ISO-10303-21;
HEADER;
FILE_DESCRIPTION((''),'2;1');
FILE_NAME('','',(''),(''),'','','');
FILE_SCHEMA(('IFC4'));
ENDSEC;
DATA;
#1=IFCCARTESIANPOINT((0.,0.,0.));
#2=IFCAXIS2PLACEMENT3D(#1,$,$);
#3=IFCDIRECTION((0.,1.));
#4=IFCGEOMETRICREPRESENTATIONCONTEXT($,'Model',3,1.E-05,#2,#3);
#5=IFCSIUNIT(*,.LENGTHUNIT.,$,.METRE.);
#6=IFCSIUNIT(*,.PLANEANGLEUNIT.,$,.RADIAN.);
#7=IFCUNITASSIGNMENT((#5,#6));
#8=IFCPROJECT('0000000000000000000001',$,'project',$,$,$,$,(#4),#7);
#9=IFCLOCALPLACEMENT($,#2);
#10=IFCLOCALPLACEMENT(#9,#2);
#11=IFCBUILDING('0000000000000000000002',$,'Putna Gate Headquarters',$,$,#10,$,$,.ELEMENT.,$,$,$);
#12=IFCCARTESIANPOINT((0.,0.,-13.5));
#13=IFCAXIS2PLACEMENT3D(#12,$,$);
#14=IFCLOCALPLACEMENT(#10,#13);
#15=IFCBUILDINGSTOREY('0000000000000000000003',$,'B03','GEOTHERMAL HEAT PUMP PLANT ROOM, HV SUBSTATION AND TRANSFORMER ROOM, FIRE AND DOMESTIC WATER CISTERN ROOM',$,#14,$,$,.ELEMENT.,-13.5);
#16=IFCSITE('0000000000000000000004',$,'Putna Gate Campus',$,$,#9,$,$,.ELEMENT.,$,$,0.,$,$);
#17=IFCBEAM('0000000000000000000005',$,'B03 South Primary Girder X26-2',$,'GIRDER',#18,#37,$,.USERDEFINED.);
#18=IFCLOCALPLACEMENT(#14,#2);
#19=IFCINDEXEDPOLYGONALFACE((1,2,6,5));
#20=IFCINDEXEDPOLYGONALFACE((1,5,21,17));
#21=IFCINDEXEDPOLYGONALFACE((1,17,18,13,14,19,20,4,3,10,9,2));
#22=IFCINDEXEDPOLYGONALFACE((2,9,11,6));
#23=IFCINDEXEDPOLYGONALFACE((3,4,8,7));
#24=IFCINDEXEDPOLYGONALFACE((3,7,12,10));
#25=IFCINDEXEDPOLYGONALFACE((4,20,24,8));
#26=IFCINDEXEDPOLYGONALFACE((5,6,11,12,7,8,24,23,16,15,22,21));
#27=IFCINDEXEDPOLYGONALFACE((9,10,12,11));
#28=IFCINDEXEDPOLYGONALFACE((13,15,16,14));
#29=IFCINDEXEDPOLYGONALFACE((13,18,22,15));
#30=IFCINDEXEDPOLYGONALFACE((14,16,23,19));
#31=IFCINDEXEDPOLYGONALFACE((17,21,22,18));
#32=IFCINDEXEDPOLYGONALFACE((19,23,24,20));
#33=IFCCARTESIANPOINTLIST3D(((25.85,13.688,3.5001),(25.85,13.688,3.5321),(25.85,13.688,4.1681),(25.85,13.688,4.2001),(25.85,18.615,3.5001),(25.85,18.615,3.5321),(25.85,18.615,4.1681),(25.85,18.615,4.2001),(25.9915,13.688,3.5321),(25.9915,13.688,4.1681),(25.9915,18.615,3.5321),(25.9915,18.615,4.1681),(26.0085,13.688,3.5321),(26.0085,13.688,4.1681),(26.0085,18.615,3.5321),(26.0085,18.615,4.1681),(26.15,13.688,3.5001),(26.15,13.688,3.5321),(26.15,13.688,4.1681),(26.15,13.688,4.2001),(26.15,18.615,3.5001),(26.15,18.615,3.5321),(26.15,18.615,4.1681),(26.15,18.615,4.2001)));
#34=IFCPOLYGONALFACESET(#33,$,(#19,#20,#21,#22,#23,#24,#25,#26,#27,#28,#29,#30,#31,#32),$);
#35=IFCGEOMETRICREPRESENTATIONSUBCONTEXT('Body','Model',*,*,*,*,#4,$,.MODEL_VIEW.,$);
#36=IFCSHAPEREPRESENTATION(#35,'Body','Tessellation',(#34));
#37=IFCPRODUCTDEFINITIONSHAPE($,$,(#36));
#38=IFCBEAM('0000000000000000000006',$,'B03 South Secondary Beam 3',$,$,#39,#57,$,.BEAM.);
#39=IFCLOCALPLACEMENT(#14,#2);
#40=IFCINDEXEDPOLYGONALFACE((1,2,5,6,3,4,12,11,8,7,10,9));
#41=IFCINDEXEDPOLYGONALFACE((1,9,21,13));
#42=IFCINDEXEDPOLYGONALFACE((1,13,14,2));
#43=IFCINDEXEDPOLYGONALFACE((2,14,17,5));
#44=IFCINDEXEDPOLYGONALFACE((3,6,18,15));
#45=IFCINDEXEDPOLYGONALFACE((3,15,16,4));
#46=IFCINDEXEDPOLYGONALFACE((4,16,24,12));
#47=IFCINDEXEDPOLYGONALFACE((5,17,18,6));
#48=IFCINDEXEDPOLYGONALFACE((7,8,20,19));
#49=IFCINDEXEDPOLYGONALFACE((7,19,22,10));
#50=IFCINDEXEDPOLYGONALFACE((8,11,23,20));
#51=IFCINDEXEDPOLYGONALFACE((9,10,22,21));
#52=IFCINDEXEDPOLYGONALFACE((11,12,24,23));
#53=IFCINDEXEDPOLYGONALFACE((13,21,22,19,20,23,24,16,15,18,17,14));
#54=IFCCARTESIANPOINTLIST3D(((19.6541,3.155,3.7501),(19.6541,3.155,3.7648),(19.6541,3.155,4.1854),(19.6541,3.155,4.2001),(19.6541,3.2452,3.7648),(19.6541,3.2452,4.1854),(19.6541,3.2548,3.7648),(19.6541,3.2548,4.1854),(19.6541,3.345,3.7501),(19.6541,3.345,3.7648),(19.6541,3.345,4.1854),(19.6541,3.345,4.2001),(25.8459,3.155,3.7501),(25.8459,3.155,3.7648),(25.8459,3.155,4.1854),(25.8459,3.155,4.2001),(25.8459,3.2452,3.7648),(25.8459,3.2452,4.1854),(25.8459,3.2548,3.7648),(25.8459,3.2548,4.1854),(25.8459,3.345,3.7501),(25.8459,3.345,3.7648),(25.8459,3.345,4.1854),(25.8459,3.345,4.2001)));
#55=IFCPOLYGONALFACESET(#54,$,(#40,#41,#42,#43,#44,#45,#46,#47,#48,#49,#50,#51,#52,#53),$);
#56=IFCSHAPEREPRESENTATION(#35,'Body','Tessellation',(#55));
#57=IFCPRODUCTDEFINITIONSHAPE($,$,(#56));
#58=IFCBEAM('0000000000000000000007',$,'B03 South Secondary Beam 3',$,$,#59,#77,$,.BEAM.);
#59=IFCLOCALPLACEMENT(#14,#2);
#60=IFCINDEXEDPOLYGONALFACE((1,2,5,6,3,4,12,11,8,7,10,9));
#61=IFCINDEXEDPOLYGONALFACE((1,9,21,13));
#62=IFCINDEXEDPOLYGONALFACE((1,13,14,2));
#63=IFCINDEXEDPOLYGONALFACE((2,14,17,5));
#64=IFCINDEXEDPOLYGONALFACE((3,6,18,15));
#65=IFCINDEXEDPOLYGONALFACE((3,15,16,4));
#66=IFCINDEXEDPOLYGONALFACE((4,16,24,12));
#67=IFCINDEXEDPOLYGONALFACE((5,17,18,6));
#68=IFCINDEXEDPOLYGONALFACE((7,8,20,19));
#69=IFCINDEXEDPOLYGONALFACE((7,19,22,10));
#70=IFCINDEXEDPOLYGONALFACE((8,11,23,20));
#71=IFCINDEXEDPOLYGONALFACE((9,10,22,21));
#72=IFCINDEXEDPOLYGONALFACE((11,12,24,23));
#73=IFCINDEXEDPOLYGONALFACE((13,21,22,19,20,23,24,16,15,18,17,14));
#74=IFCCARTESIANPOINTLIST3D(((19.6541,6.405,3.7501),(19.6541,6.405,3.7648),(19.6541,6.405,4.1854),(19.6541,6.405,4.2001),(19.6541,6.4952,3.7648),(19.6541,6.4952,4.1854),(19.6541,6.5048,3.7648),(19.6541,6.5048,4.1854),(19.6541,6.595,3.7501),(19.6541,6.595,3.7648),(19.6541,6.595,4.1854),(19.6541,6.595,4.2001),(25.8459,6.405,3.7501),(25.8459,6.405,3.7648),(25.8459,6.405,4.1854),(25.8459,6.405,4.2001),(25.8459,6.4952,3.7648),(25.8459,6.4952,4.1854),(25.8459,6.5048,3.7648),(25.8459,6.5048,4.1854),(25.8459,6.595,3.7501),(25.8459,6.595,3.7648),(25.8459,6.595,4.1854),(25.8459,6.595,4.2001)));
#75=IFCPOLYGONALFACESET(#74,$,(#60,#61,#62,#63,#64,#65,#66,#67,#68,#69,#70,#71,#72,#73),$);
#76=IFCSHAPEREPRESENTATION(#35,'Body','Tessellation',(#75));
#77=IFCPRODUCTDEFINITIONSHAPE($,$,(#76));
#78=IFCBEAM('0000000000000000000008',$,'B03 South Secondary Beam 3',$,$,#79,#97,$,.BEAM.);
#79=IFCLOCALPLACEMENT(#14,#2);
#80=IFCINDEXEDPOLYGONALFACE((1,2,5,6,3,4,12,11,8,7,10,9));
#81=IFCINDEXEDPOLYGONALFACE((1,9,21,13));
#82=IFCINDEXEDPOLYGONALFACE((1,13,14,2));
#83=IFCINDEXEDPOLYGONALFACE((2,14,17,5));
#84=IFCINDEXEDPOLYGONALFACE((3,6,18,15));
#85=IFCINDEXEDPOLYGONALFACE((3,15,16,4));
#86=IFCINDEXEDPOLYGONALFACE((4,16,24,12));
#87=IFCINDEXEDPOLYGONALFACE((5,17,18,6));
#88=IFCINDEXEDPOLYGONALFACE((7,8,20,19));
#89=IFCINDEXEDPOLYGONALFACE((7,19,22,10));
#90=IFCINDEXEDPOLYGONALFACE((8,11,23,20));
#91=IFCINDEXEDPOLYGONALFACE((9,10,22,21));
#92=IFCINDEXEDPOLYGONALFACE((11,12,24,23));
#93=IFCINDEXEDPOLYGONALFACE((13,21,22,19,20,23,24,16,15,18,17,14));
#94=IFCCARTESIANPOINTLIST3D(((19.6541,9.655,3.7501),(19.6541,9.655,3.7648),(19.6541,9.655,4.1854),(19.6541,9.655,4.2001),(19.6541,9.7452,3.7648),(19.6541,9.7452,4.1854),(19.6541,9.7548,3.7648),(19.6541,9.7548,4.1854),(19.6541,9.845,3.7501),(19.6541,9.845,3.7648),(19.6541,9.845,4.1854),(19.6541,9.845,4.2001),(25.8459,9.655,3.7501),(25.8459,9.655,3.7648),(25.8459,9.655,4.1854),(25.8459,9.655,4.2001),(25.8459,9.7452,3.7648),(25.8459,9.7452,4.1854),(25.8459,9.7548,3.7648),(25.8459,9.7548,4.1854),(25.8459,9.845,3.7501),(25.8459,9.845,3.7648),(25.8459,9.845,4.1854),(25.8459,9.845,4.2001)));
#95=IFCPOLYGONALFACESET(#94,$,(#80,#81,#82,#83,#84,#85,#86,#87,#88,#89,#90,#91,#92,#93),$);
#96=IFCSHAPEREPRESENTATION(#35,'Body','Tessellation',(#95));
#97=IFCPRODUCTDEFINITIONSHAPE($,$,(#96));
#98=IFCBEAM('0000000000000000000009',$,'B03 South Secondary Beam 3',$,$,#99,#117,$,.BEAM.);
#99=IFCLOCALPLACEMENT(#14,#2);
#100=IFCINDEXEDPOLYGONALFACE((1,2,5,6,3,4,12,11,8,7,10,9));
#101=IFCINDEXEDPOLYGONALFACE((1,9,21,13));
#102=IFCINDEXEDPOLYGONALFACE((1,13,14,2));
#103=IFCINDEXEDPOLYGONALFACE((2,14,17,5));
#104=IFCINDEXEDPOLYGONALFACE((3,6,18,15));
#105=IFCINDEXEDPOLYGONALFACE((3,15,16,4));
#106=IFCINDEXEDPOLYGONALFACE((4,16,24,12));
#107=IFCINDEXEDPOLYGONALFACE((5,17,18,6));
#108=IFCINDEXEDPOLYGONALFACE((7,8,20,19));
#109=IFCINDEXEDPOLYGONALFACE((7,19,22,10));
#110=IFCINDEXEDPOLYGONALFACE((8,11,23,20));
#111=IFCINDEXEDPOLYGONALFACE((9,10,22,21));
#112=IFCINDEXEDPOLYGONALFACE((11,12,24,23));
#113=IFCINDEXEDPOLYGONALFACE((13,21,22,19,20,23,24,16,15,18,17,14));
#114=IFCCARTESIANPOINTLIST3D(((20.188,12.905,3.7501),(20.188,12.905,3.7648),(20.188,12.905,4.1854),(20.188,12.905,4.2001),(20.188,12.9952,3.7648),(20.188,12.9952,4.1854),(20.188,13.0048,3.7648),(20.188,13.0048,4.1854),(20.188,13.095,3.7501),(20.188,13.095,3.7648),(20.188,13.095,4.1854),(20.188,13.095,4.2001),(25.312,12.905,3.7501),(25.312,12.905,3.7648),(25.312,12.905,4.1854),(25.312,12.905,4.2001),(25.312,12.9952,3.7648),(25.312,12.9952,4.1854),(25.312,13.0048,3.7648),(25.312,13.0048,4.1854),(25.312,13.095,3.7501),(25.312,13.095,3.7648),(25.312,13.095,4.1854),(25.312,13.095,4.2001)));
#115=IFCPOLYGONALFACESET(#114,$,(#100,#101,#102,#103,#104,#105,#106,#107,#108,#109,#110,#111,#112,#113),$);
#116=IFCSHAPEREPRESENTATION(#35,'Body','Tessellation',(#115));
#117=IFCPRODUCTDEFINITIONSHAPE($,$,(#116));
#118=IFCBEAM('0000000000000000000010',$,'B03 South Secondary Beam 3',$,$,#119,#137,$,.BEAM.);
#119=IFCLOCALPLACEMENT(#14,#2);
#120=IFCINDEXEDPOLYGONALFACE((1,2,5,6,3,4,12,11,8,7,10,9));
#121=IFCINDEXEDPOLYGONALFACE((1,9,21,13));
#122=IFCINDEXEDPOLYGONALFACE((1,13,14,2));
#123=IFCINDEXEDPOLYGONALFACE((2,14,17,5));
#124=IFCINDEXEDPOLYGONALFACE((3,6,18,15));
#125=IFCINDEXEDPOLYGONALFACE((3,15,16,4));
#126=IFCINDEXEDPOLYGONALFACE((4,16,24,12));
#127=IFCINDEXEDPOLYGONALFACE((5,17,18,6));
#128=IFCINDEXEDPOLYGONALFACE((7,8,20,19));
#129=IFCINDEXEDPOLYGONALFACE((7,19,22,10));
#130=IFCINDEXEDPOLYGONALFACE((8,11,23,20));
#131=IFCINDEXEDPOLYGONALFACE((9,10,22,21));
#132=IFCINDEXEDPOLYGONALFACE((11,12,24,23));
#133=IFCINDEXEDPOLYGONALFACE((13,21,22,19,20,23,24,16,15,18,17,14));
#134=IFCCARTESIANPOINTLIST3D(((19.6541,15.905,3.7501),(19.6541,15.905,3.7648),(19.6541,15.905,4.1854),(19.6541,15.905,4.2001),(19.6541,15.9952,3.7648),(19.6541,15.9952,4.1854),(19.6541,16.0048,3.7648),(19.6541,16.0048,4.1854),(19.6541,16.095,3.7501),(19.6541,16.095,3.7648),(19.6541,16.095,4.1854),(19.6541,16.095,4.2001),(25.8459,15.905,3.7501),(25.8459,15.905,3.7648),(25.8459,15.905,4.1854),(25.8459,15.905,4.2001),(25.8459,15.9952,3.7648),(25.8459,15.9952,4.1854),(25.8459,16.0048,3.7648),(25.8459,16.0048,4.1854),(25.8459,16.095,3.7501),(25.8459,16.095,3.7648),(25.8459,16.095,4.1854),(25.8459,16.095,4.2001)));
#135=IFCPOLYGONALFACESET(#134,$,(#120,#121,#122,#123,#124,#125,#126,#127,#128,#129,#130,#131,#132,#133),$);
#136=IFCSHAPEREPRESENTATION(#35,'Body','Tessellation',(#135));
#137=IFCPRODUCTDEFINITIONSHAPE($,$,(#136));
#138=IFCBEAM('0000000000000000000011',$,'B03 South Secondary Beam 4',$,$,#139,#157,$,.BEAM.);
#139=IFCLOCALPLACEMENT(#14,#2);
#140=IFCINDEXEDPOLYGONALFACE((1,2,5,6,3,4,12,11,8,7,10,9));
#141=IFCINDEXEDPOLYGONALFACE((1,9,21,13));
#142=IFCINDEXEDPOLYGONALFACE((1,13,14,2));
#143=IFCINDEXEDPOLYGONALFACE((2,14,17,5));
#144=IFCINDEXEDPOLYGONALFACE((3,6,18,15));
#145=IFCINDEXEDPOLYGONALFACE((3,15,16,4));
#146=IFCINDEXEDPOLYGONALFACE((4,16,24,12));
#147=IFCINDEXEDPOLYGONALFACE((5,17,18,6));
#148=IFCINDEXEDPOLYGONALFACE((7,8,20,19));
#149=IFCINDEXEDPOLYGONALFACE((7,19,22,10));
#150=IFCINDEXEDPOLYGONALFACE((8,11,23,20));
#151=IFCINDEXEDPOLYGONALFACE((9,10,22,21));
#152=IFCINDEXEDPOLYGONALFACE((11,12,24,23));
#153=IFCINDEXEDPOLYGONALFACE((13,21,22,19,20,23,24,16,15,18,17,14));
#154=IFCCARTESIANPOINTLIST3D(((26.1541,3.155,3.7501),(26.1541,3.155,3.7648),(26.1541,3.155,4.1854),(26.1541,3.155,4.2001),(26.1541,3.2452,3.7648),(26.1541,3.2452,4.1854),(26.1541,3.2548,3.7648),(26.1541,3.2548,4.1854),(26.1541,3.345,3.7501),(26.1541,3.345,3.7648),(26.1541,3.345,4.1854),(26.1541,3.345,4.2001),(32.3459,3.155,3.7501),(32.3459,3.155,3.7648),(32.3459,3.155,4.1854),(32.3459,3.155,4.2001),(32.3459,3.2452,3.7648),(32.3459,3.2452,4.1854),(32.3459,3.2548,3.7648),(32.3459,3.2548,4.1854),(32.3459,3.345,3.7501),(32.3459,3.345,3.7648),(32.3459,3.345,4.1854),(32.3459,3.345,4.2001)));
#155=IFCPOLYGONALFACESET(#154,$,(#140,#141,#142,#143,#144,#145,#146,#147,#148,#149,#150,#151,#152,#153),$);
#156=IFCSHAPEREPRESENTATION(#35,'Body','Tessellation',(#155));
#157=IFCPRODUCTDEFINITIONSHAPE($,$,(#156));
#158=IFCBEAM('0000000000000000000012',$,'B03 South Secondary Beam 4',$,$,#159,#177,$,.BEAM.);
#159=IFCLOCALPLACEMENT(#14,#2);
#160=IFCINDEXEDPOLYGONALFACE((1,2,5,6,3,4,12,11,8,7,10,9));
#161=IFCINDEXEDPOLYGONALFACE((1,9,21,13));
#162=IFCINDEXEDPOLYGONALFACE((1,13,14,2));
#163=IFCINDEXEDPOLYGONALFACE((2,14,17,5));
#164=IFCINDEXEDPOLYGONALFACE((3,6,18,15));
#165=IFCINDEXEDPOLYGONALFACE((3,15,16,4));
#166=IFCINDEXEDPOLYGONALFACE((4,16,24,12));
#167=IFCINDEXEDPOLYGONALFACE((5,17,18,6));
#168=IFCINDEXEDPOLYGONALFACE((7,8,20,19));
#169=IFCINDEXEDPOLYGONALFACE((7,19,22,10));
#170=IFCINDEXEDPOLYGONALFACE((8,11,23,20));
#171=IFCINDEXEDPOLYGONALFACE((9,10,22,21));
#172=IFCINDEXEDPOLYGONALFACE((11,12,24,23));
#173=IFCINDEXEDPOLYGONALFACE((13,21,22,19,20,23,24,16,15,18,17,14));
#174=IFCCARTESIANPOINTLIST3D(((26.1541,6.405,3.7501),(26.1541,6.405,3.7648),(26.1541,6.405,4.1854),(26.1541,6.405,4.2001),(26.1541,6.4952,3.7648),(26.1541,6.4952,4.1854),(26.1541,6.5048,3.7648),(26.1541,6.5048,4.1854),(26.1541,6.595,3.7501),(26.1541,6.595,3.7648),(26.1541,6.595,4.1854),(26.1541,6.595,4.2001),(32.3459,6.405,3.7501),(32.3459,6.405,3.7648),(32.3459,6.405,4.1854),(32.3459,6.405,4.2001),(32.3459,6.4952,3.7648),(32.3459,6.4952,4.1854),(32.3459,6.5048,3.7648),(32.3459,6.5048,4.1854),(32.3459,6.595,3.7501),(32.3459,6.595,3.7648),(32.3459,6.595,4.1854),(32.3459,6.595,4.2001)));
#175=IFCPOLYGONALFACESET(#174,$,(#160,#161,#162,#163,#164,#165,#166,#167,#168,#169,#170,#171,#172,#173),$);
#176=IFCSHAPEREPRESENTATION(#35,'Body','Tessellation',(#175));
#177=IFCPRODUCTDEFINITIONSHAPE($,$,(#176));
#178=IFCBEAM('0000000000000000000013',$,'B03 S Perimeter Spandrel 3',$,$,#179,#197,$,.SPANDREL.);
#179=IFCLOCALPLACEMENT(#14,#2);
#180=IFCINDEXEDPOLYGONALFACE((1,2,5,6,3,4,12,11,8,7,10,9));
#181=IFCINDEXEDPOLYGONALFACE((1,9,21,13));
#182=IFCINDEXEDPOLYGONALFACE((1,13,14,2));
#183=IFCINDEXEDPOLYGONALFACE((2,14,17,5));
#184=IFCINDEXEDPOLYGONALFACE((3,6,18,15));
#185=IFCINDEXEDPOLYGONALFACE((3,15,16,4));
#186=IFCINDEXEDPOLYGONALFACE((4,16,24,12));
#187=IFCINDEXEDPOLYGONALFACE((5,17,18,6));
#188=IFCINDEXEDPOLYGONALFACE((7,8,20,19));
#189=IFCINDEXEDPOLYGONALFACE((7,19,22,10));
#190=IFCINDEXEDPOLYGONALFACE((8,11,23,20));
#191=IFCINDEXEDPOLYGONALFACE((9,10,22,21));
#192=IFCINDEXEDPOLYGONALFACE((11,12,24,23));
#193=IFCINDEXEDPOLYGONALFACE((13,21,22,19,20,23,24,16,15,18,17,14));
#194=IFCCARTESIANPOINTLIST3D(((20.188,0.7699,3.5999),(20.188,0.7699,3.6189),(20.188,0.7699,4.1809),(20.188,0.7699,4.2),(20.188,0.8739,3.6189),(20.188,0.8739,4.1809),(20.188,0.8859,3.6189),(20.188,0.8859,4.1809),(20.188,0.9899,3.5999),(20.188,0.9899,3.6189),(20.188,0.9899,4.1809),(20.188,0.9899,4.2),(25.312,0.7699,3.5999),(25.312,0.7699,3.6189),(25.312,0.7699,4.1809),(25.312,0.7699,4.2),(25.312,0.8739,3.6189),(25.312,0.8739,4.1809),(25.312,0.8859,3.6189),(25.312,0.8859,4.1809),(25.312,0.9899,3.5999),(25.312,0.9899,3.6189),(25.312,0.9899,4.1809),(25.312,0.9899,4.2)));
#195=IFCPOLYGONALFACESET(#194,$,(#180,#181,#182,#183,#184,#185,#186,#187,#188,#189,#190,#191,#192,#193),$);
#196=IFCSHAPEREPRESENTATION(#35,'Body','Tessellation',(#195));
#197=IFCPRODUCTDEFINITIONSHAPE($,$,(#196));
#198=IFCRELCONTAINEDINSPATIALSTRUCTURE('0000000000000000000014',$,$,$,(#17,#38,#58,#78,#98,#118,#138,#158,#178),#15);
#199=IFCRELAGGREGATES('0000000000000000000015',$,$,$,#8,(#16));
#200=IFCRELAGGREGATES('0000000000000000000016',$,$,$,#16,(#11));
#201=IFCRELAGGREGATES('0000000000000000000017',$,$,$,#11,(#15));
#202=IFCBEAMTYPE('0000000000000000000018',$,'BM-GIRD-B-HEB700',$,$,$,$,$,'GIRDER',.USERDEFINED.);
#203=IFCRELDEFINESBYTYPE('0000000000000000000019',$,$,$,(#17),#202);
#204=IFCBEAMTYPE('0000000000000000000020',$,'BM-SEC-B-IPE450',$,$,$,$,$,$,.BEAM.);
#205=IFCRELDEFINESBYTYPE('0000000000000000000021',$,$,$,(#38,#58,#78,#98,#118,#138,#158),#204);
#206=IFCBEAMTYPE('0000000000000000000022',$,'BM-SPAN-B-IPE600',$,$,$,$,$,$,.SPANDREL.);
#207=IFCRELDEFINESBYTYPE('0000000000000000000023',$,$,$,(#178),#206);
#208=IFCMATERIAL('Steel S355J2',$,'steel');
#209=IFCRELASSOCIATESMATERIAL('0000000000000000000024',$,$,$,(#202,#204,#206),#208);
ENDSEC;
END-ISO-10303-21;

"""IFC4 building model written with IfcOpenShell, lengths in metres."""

from ifc_helpers import new_model, si_unit, direction, frame, origin, origin_2d, place, context, subcontext, project, spatial, i_section, extrude, material, material_profile, profile_set, type_object, element, save


model = new_model("IFC4")

# Units and contexts
model_context = context("Model", 3, precision=1e-05, world=origin(), true_north=direction((0.0, 1.0)))
body_context = subcontext(model_context, "Body", "Model", "MODEL_VIEW")
ifc_project = project(units=[si_unit("LENGTHUNIT", "METRE"), si_unit("PLANEANGLEUNIT", "RADIAN")], contexts=[model_context])

# Site, building, storey
site_placement = place(None, origin())
site = spatial("IfcSite", under=ifc_project, at=site_placement, Name="Putna Gate Campus", CompositionType="ELEMENT", RefElevation=0.0)
building_placement = place(site_placement, origin())
building = spatial("IfcBuilding", under=site, at=building_placement, Name="Putna Gate Headquarters", CompositionType="ELEMENT")
storey_placement = place(building_placement, frame((0.0, 0.0, -13.5)))
storey = spatial("IfcBuildingStorey", under=building, at=storey_placement, Name="B03", Description="GEOTHERMAL HEAT PUMP PLANT ROOM, HV SUBSTATION AND TRANSFORMER ROOM, FIRE AND DOMESTIC WATER CISTERN ROOM", CompositionType="ELEMENT", Elevation=-13.5)

# Beams
ifc_material_1 = material(Name="Steel S355J2", Category="steel")
ifc_material_profile_1 = material_profile(ifc_material_1, i_section(OverallWidth=0.3, OverallDepth=0.7, WebThickness=0.0171, FlangeThickness=0.032, at=origin_2d()), Name="Steel S355J2")
ifc_profile_set_1 = profile_set([ifc_material_profile_1], Name="Steel S355J2")
beam_type_1 = type_object("IfcBeamType", Name="BM-GIRD-B-HEB700", ElementType="GIRDER", PredefinedType="USERDEFINED", material=ifc_profile_set_1)
beam_1_placement = place(storey_placement, frame((26.0, 13.688, 3.8501), z_axis=(0.0, 1.0, 0.0), x_axis=(-1.0, 0.0, 0.0)))
element("IfcBeam", 1, at=beam_1_placement, inside=storey, type_object=beam_type_1, Name="B03 South Primary Girder X26-2", ObjectType="GIRDER", PredefinedType="USERDEFINED", context=body_context, shape_type="SweptSolid", body=[
    extrude(i_section(OverallWidth=0.3, OverallDepth=0.7, WebThickness=0.0171, FlangeThickness=0.032, at=origin_2d()), origin(), (0.0, 0.0, 1.0), 4.927),
])
ifc_material_profile_2 = material_profile(ifc_material_1, i_section(OverallWidth=0.1899, OverallDepth=0.45, WebThickness=0.0095, FlangeThickness=0.0146, at=origin_2d()), Name="Steel S355J2")
ifc_profile_set_2 = profile_set([ifc_material_profile_2], Name="Steel S355J2")
beam_type_2 = type_object("IfcBeamType", Name="BM-SEC-B-IPE450", PredefinedType="BEAM", material=ifc_profile_set_2)
for number, where, z_axis, x_axis, name in (
    (2, (19.6541, 3.25, 3.9751), (1.0, 0.0, 0.0), (0.0, 1.0, 0.0), "B03 South Secondary Beam 3"),
    (3, (19.6541, 6.5, 3.9751), (1.0, 0.0, 0.0), (0.0, 1.0, 0.0), "B03 South Secondary Beam 3"),
    (4, (19.6541, 9.75, 3.9751), (1.0, 0.0, 0.0), (0.0, 1.0, 0.0), "B03 South Secondary Beam 3"),
):
    element("IfcBeam", number, at=place(storey_placement, frame(where, z_axis=z_axis, x_axis=x_axis)), inside=storey, type_object=beam_type_2, Name=name, PredefinedType="BEAM", context=body_context, shape_type="SweptSolid", body=[
        extrude(i_section(OverallWidth=0.1899, OverallDepth=0.45, WebThickness=0.0095, FlangeThickness=0.0146, at=origin_2d()), origin(), (0.0, 0.0, 1.0), 6.1919),
    ])
beam_2_placement = place(storey_placement, frame((20.188, 13.0, 3.9751), z_axis=(1.0, 0.0, 0.0), x_axis=(0.0, 1.0, 0.0)))
element("IfcBeam", 5, at=beam_2_placement, inside=storey, type_object=beam_type_2, Name="B03 South Secondary Beam 3", PredefinedType="BEAM", context=body_context, shape_type="SweptSolid", body=[
    extrude(i_section(OverallWidth=0.1899, OverallDepth=0.45, WebThickness=0.0095, FlangeThickness=0.0146, at=origin_2d()), origin(), (0.0, 0.0, 1.0), 5.124),
])
for number, where, z_axis, x_axis, name in (
    (6, (19.6541, 16.0, 3.9751), (1.0, 0.0, 0.0), (0.0, 1.0, 0.0), "B03 South Secondary Beam 3"),
    (7, (26.1541, 3.25, 3.9751), (1.0, 0.0, 0.0), (0.0, 1.0, 0.0), "B03 South Secondary Beam 4"),
    (8, (26.1541, 6.5, 3.9751), (1.0, 0.0, 0.0), (0.0, 1.0, 0.0), "B03 South Secondary Beam 4"),
):
    element("IfcBeam", number, at=place(storey_placement, frame(where, z_axis=z_axis, x_axis=x_axis)), inside=storey, type_object=beam_type_2, Name=name, PredefinedType="BEAM", context=body_context, shape_type="SweptSolid", body=[
        extrude(i_section(OverallWidth=0.1899, OverallDepth=0.45, WebThickness=0.0095, FlangeThickness=0.0146, at=origin_2d()), origin(), (0.0, 0.0, 1.0), 6.1919),
    ])
ifc_material_profile_3 = material_profile(ifc_material_1, i_section(OverallWidth=0.22, OverallDepth=0.6001, WebThickness=0.012, FlangeThickness=0.019, at=origin_2d()), Name="Steel S355J2")
ifc_profile_set_3 = profile_set([ifc_material_profile_3], Name="Steel S355J2")
beam_type_3 = type_object("IfcBeamType", Name="BM-SPAN-B-IPE600", PredefinedType="SPANDREL", material=ifc_profile_set_3)
beam_3_placement = place(storey_placement, frame((20.188, 0.8799, 3.8999), z_axis=(1.0, 0.0, 0.0), x_axis=(0.0, 1.0, 0.0)))
element("IfcBeam", 9, at=beam_3_placement, inside=storey, type_object=beam_type_3, Name="B03 S Perimeter Spandrel 3", PredefinedType="SPANDREL", context=body_context, shape_type="SweptSolid", body=[
    extrude(i_section(OverallWidth=0.22, OverallDepth=0.6001, WebThickness=0.012, FlangeThickness=0.019, at=origin_2d()), origin(), (0.0, 0.0, 1.0), 5.124),
])

save(model, "model.ifc")
